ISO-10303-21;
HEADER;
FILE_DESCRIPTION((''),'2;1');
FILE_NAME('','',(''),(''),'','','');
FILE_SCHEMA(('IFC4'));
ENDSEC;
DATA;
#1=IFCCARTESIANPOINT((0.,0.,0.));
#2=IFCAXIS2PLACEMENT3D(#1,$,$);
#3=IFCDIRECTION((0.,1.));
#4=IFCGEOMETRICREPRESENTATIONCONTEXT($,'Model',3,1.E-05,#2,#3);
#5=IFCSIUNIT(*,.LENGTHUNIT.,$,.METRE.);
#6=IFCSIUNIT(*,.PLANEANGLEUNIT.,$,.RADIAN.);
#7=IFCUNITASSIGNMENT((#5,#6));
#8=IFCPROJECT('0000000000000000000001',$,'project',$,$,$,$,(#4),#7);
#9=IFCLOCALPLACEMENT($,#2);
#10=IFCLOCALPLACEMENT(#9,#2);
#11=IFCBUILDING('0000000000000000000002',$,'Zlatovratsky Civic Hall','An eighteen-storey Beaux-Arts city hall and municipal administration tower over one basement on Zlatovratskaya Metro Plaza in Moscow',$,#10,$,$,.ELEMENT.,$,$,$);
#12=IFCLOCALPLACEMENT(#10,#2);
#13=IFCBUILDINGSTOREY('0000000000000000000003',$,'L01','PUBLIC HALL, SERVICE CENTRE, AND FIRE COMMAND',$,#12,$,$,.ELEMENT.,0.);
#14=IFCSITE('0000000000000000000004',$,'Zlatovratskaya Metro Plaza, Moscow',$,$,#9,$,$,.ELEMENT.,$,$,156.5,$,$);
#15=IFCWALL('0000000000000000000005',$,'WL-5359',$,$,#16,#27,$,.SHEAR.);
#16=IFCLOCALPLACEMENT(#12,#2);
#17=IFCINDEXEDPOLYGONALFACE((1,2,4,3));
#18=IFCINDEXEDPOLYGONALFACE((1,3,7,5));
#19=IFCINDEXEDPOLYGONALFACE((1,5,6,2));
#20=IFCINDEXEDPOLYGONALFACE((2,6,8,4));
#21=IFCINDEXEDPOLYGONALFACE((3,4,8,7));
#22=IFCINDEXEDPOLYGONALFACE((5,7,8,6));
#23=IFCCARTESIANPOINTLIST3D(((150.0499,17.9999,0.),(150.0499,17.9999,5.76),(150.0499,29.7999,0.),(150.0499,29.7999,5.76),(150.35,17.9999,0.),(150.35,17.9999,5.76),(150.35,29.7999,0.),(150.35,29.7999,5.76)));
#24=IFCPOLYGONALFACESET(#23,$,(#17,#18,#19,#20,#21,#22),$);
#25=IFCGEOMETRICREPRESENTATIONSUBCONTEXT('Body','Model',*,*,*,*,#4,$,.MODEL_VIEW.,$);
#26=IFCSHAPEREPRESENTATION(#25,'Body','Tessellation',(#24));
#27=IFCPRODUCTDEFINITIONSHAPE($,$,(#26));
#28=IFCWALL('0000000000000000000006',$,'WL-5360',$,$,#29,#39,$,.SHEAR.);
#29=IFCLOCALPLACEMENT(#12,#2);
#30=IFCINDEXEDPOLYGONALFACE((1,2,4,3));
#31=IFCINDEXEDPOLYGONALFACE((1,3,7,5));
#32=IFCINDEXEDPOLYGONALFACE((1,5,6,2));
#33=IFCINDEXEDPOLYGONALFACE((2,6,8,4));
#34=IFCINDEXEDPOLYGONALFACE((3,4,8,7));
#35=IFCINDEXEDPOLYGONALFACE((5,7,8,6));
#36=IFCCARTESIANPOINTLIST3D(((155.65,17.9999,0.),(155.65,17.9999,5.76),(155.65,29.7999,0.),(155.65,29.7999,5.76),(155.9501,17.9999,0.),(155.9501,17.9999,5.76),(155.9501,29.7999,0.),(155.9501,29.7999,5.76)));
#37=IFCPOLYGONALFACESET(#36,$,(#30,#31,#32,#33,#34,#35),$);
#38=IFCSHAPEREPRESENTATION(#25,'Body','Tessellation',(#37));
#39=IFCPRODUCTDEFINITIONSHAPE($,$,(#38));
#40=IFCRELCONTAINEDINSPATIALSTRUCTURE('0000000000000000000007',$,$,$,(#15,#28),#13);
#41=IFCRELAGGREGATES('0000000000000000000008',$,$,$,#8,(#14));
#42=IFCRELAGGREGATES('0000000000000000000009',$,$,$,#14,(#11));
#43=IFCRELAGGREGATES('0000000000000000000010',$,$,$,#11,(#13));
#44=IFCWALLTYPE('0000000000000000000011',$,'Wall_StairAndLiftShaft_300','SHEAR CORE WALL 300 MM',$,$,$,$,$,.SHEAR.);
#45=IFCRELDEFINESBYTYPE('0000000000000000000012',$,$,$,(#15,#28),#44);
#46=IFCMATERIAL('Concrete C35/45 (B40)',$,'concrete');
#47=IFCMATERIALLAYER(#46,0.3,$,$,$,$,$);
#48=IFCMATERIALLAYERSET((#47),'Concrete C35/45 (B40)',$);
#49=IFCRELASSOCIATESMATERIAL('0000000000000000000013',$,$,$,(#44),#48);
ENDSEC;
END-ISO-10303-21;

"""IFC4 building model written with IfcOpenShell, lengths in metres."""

from ifc_helpers import new_model, si_unit, direction, frame, frame_2d, origin, place, context, subcontext, project, spatial, rectangle, extrude, material, layer, layer_set, type_object, element, save


model = new_model("IFC4")

# Units and contexts
model_context = context("Model", 3, precision=1e-05, world=origin(), true_north=direction((0.0, 1.0)))
body_context = subcontext(model_context, "Body", "Model", "MODEL_VIEW")
ifc_project = project(units=[si_unit("LENGTHUNIT", "METRE"), si_unit("PLANEANGLEUNIT", "RADIAN")], contexts=[model_context])

# Site, building, storey
site_placement = place(None, origin())
site = spatial("IfcSite", under=ifc_project, at=site_placement, Name="Zlatovratskaya Metro Plaza, Moscow", CompositionType="ELEMENT", RefElevation=156.5)
building_placement = place(site_placement, origin())
building = spatial("IfcBuilding", under=site, at=building_placement, Name="Zlatovratsky Civic Hall", Description="An eighteen-storey Beaux-Arts city hall and municipal administration tower over one basement on Zlatovratskaya Metro Plaza in Moscow", CompositionType="ELEMENT")
storey_placement = place(building_placement, origin())
storey = spatial("IfcBuildingStorey", under=building, at=storey_placement, Name="L01", Description="PUBLIC HALL, SERVICE CENTRE, AND FIRE COMMAND", CompositionType="ELEMENT", Elevation=0.0)

# Shared definitions
ifc_material_1 = material(Name="Concrete C35/45 (B40)", Category="concrete")

# Shared definitions
ifc_layer_1 = layer(ifc_material_1, 0.3)
ifc_layer_set_1 = layer_set([ifc_layer_1], Name="Concrete C35/45 (B40)")
wall_type_1 = type_object("IfcWallType", Name="Wall_StairAndLiftShaft_300", Description="SHEAR CORE WALL 300 MM", PredefinedType="SHEAR", material=ifc_layer_set_1)

# Walls
for number, where, z_axis, x_axis, name in (
    (1, (150.2, 18.0, 0.0), (0.0, 0.0, 1.0), (0.0, 1.0, 0.0), "WL-5359"),
    (2, (155.8, 18.0, 0.0), (0.0, 0.0, 1.0), (0.0, 1.0, 0.0), "WL-5360"),
):
    element("IfcWall", number, at=place(storey_placement, frame(where, z_axis=z_axis, x_axis=x_axis)), inside=storey, type_object=wall_type_1, Name=name, PredefinedType="SHEAR", context=body_context, shape_type="SweptSolid", body=[
        extrude(rectangle(XDim=11.8, YDim=0.3, at=frame_2d((5.8999, 0.0))), origin(), (0.0, 0.0, 1.0), 5.76),
    ])

save(model, "model.ifc")
